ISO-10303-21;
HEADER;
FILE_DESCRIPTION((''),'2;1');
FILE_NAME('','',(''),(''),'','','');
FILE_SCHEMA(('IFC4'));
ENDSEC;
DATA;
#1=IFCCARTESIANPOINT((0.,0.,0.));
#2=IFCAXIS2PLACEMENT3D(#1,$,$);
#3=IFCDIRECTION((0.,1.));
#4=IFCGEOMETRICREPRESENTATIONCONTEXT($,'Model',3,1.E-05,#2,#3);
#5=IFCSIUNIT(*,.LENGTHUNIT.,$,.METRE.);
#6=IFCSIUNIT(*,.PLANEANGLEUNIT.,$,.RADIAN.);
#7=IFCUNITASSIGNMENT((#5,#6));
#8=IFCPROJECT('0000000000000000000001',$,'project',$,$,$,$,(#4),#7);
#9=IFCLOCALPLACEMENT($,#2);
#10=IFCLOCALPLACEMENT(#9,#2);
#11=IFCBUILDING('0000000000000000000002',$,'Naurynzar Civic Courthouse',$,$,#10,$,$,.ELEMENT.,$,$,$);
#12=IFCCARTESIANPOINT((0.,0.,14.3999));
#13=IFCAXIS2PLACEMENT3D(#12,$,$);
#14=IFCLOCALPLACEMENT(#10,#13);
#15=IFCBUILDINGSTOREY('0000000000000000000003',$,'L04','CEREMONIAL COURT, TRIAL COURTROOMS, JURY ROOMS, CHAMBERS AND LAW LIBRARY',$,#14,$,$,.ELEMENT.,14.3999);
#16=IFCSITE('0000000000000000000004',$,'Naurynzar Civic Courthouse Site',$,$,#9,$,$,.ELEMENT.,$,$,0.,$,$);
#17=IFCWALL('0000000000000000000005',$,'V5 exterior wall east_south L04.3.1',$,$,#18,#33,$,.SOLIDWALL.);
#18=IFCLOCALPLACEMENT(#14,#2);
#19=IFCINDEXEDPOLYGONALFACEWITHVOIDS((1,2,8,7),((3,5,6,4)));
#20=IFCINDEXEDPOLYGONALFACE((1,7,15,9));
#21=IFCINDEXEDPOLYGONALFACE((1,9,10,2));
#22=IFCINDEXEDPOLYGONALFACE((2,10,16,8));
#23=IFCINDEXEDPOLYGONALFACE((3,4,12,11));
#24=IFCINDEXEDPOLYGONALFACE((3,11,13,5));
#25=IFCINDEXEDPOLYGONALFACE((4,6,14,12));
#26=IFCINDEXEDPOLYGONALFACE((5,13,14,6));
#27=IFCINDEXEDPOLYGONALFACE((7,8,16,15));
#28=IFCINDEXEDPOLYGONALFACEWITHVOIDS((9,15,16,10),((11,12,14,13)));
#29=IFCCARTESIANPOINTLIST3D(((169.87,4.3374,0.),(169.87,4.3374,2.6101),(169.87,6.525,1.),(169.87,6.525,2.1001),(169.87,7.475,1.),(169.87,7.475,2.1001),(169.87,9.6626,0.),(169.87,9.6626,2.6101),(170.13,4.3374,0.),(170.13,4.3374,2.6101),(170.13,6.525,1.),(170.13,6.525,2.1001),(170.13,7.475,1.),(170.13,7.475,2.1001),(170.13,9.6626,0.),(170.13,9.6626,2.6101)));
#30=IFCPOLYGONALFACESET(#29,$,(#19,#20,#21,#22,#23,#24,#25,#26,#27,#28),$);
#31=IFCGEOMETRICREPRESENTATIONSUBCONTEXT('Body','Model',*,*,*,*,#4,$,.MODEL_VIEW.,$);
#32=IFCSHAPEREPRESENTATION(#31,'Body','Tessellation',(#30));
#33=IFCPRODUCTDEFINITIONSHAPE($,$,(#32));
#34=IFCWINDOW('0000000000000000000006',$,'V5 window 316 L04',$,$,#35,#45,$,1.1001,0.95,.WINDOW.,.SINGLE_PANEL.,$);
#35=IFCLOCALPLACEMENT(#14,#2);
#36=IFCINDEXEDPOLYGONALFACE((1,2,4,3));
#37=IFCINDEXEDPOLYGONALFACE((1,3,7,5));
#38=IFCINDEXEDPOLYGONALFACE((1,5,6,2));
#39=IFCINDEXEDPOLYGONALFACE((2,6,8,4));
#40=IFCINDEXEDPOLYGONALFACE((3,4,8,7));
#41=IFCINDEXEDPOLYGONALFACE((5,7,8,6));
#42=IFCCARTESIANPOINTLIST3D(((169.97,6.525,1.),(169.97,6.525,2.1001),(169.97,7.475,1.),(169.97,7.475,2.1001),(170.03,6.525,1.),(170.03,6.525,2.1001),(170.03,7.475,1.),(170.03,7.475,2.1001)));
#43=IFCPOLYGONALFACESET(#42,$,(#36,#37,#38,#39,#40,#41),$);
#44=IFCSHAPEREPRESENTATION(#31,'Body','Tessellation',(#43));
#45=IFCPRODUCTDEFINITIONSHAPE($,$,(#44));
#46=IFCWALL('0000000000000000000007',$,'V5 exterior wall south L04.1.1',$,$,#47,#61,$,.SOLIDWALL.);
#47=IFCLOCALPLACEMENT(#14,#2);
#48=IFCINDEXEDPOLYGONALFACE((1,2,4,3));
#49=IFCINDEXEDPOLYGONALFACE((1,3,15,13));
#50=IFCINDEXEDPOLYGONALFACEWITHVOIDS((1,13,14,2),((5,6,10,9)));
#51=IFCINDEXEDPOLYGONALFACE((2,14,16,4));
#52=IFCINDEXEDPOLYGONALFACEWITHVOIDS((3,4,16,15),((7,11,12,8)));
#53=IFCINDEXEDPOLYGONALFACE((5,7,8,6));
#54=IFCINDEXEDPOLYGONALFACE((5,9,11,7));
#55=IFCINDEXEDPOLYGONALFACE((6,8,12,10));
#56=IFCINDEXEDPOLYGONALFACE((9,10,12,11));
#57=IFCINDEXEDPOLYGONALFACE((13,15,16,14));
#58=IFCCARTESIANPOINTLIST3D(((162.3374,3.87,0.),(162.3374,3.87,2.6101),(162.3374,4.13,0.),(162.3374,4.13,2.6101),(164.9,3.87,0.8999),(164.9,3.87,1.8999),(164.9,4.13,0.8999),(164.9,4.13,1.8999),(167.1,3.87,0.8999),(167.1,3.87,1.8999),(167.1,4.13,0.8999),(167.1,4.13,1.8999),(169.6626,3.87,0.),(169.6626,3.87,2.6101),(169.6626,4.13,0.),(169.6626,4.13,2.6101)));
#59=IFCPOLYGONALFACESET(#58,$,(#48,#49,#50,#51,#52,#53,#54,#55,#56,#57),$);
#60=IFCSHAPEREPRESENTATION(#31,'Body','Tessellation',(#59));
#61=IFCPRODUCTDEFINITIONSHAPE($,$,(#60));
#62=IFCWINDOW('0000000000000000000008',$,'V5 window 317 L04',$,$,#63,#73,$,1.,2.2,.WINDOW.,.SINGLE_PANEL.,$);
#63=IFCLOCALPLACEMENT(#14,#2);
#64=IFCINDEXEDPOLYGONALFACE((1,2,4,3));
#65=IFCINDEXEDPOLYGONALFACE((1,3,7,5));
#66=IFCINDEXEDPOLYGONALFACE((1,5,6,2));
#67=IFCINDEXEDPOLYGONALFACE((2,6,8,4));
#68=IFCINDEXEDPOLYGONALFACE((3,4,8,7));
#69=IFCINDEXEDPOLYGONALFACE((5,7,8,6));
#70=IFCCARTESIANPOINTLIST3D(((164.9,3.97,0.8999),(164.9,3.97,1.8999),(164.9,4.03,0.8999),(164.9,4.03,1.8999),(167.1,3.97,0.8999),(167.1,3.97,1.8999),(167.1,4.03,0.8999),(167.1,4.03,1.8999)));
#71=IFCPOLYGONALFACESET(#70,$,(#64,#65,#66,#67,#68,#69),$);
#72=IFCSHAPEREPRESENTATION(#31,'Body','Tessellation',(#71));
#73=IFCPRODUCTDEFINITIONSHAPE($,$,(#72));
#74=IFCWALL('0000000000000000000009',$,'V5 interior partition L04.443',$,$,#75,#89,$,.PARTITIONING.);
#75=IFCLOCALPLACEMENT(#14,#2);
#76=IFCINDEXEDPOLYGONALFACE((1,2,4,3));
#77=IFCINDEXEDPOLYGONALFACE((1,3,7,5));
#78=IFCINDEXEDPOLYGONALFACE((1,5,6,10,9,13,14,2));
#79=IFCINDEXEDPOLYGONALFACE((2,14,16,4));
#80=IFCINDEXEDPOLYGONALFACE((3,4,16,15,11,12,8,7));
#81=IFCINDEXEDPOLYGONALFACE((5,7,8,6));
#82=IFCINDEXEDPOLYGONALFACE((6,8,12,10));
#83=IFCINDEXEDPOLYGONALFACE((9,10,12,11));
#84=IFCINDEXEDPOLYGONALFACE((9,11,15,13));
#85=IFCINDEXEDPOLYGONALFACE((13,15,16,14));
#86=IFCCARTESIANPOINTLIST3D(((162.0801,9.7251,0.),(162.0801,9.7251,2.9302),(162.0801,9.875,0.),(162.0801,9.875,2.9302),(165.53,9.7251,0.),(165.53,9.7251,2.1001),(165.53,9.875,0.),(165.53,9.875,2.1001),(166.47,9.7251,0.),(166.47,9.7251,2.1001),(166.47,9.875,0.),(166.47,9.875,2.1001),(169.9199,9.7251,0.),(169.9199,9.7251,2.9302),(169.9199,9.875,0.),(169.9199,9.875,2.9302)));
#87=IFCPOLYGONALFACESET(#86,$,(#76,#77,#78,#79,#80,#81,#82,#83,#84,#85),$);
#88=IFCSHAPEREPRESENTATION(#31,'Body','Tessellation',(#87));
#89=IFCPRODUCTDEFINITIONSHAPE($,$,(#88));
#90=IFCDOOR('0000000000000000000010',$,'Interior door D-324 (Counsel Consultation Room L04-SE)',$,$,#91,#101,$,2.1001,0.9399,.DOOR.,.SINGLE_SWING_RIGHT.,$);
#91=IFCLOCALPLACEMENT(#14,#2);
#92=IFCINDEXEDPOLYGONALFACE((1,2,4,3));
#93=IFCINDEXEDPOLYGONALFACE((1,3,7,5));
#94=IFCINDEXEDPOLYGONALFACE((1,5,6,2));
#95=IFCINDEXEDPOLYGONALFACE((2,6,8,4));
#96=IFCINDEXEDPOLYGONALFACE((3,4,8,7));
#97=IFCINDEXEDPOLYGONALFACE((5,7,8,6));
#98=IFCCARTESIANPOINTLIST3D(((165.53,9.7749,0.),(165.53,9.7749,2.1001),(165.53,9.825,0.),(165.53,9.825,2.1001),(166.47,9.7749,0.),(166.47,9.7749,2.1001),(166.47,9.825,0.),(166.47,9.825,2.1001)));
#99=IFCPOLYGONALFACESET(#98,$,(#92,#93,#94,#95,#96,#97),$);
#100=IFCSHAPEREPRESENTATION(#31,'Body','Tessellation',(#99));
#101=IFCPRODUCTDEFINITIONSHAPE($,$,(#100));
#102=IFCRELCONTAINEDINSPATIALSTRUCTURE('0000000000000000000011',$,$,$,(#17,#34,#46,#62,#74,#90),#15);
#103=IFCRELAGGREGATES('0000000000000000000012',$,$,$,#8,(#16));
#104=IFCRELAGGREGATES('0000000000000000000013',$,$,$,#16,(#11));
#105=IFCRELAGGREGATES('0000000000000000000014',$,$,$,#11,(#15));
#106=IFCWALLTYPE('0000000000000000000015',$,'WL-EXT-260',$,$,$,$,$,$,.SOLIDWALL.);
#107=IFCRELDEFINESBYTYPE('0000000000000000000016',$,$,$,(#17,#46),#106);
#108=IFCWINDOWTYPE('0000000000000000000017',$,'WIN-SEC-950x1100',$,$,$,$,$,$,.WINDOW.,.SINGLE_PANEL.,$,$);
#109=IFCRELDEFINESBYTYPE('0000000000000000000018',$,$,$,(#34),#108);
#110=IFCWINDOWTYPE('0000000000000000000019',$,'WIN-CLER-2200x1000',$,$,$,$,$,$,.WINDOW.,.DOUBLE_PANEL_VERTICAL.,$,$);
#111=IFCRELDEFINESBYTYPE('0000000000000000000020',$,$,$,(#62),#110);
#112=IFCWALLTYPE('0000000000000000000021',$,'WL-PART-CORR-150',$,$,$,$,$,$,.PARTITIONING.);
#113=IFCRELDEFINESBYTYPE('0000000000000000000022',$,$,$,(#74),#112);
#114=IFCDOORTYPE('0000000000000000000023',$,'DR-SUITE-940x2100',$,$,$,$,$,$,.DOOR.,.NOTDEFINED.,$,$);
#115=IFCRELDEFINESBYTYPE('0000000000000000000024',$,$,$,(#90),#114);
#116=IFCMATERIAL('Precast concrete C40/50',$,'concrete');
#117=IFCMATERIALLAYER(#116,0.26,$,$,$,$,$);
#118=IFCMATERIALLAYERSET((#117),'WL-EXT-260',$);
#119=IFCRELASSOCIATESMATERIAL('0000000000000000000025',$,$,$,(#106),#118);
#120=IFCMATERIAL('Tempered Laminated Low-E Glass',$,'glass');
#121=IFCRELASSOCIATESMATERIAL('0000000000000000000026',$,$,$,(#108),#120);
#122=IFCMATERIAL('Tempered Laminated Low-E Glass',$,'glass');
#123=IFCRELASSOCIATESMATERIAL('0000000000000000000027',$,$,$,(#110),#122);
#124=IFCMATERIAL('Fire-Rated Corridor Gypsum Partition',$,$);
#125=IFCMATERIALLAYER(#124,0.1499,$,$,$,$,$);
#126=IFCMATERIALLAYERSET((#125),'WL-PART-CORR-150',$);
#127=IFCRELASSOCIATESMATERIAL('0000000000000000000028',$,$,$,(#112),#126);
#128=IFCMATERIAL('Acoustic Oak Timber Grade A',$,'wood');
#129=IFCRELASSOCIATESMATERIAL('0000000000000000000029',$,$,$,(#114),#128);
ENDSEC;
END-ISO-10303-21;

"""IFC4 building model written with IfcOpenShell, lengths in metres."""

from ifc_helpers import new_model, si_unit, direction, frame, frame_2d, origin, place, context, subcontext, project, spatial, rectangle, extrude, material, layer, layer_set, type_object, element, fill, save


model = new_model("IFC4")

# Units and contexts
model_context = context("Model", 3, precision=1e-05, world=origin(), true_north=direction((0.0, 1.0)))
body_context = subcontext(model_context, "Body", "Model", "MODEL_VIEW")
ifc_project = project(units=[si_unit("LENGTHUNIT", "METRE"), si_unit("PLANEANGLEUNIT", "RADIAN")], contexts=[model_context])

# Site, building, storey
site_placement = place(None, origin())
site = spatial("IfcSite", under=ifc_project, at=site_placement, Name="Naurynzar Civic Courthouse Site", CompositionType="ELEMENT", RefElevation=0.0)
building_placement = place(site_placement, origin())
building = spatial("IfcBuilding", under=site, at=building_placement, Name="Naurynzar Civic Courthouse", CompositionType="ELEMENT")
storey_placement = place(building_placement, frame((0.0, 0.0, 14.3999)))
storey = spatial("IfcBuildingStorey", under=building, at=storey_placement, Name="L04", Description="CEREMONIAL COURT, TRIAL COURTROOMS, JURY ROOMS, CHAMBERS AND LAW LIBRARY", CompositionType="ELEMENT", Elevation=14.3999)

# Walls, openings, windows
ifc_material_1 = material(Name="Precast concrete C40/50", Category="concrete")
ifc_layer_1 = layer(ifc_material_1, 0.26)
ifc_layer_set_1 = layer_set([ifc_layer_1], Name="WL-EXT-260")
wall_type_1 = type_object("IfcWallType", Name="WL-EXT-260", PredefinedType="SOLIDWALL", material=ifc_layer_set_1)
wall_1_placement = place(storey_placement, frame((170.0, 9.6626, 0.0), z_axis=(0.0, 0.0, 1.0), x_axis=(0.0, -1.0, 0.0)))
wall_1 = element("IfcWall", 1, at=wall_1_placement, inside=storey, type_object=wall_type_1, Name="V5 exterior wall east_south L04.3.1", PredefinedType="SOLIDWALL", context=body_context, shape_type="SweptSolid", body=[
    extrude(rectangle(XDim=5.3252, YDim=0.26, at=frame_2d((2.6626, 0.0))), origin(), (0.0, 0.0, 1.0), 2.6101),
])
opening_1_placement = place(wall_1_placement, frame((2.1875, 0.0, 1.0)))
opening_1 = element("IfcOpeningElement", 2, at=opening_1_placement, cuts=wall_1, PredefinedType="OPENING", context=body_context, shape_type="SweptSolid", body=[
    extrude(rectangle(XDim=0.95, YDim=1.1001, at=frame_2d((0.4751, 0.55))), frame((0.0, 0.1399, 0.0), z_axis=(0.0, -1.0, 0.0), x_axis=(1.0, 0.0, 0.0)), (0.0, 0.0, 1.0), 0.28),
])
ifc_material_2 = material(Name="Tempered Laminated Low-E Glass", Category="glass")
window_type_1 = type_object("IfcWindowType", Name="WIN-SEC-950x1100", PartitioningType="SINGLE_PANEL", PredefinedType="WINDOW", material=ifc_material_2)
window_1_placement = place(opening_1_placement, origin())
window_1 = element("IfcWindow", 3, at=window_1_placement, inside=storey, type_object=window_type_1, Name="V5 window 316 L04", OverallHeight=1.1001, OverallWidth=0.95, PartitioningType="SINGLE_PANEL", PredefinedType="WINDOW", context=body_context, shape_type="SweptSolid", body=[
    extrude(rectangle(XDim=0.95, YDim=1.1001, at=frame_2d((0.4751, 0.55))), frame((0.0, 0.03, 0.0), z_axis=(0.0, -1.0, 0.0), x_axis=(1.0, 0.0, 0.0)), (0.0, 0.0, 1.0), 0.0601),
])
fill(opening_1, window_1)
wall_2_placement = place(storey_placement, frame((169.6626, 4.0, 0.0), z_axis=(0.0, 0.0, 1.0), x_axis=(-1.0, 0.0, 0.0)))
wall_2 = element("IfcWall", 4, at=wall_2_placement, inside=storey, type_object=wall_type_1, Name="V5 exterior wall south L04.1.1", PredefinedType="SOLIDWALL", context=body_context, shape_type="SweptSolid", body=[
    extrude(rectangle(XDim=7.3252, YDim=0.26, at=frame_2d((3.6626, 0.0))), origin(), (0.0, 0.0, 1.0), 2.6101),
])
opening_2_placement = place(wall_2_placement, frame((2.5625, 0.0, 0.8999)))
opening_2 = element("IfcOpeningElement", 5, at=opening_2_placement, cuts=wall_2, PredefinedType="OPENING", context=body_context, shape_type="SweptSolid", body=[
    extrude(rectangle(XDim=2.2, YDim=1.0, at=frame_2d((1.1001, 0.5))), frame((0.0, 0.1399, 0.0), z_axis=(0.0, -1.0, 0.0), x_axis=(1.0, 0.0, 0.0)), (0.0, 0.0, 1.0), 0.28),
])
ifc_material_3 = material(Name="Tempered Laminated Low-E Glass", Category="glass")
window_type_2 = type_object("IfcWindowType", Name="WIN-CLER-2200x1000", PartitioningType="DOUBLE_PANEL_VERTICAL", PredefinedType="WINDOW", material=ifc_material_3)
window_2_placement = place(opening_2_placement, origin())
window_2 = element("IfcWindow", 6, at=window_2_placement, inside=storey, type_object=window_type_2, Name="V5 window 317 L04", OverallHeight=1.0, OverallWidth=2.2, PartitioningType="SINGLE_PANEL", PredefinedType="WINDOW", context=body_context, shape_type="SweptSolid", body=[
    extrude(rectangle(XDim=2.2, YDim=1.0, at=frame_2d((1.1001, 0.5))), frame((0.0, 0.03, 0.0), z_axis=(0.0, -1.0, 0.0), x_axis=(1.0, 0.0, 0.0)), (0.0, 0.0, 1.0), 0.0601),
])
fill(opening_2, window_2)

# Wall, opening, door
ifc_material_4 = material(Name="Fire-Rated Corridor Gypsum Partition")
ifc_layer_2 = layer(ifc_material_4, 0.1499)
ifc_layer_set_2 = layer_set([ifc_layer_2], Name="WL-PART-CORR-150")
wall_type_2 = type_object("IfcWallType", Name="WL-PART-CORR-150", PredefinedType="PARTITIONING", material=ifc_layer_set_2)
wall_3_placement = place(storey_placement, frame((162.0801, 9.8, 0.0), z_axis=(0.0, 0.0, 1.0), x_axis=(1.0, 0.0, 0.0)))
wall_3 = element("IfcWall", 7, at=wall_3_placement, inside=storey, type_object=wall_type_2, Name="V5 interior partition L04.443", PredefinedType="PARTITIONING", context=body_context, shape_type="SweptSolid", body=[
    extrude(rectangle(XDim=7.8398, YDim=0.1499, at=frame_2d((3.9199, 0.0))), origin(), (0.0, 0.0, 1.0), 2.9302),
])
opening_3_placement = place(wall_3_placement, frame((3.45, 0.0, 0.0)))
opening_3 = element("IfcOpeningElement", 8, at=opening_3_placement, cuts=wall_3, PredefinedType="OPENING", context=body_context, shape_type="SweptSolid", body=[
    extrude(rectangle(XDim=0.9399, YDim=2.1001, at=frame_2d((0.47, 1.05))), frame((0.0, 0.085, 0.0), z_axis=(0.0, -1.0, 0.0), x_axis=(1.0, 0.0, 0.0)), (0.0, 0.0, 1.0), 0.1699),
])
ifc_material_5 = material(Name="Acoustic Oak Timber Grade A", Category="wood")
door_type = type_object("IfcDoorType", Name="DR-SUITE-940x2100", OperationType="NOTDEFINED", PredefinedType="DOOR", material=ifc_material_5)
door_placement = place(opening_3_placement, origin())
door = element("IfcDoor", 9, at=door_placement, inside=storey, type_object=door_type, Name="Interior door D-324 (Counsel Consultation Room L04-SE)", OperationType="SINGLE_SWING_RIGHT", OverallHeight=2.1001, OverallWidth=0.9399, PredefinedType="DOOR", context=body_context, shape_type="SweptSolid", body=[
    extrude(rectangle(XDim=0.9399, YDim=2.1001, at=frame_2d((0.47, 1.05))), frame((0.0, 0.0249, 0.0), z_axis=(0.0, -1.0, 0.0), x_axis=(1.0, 0.0, 0.0)), (0.0, 0.0, 1.0), 0.05),
])
fill(opening_3, door)

save(model, "model.ifc")
